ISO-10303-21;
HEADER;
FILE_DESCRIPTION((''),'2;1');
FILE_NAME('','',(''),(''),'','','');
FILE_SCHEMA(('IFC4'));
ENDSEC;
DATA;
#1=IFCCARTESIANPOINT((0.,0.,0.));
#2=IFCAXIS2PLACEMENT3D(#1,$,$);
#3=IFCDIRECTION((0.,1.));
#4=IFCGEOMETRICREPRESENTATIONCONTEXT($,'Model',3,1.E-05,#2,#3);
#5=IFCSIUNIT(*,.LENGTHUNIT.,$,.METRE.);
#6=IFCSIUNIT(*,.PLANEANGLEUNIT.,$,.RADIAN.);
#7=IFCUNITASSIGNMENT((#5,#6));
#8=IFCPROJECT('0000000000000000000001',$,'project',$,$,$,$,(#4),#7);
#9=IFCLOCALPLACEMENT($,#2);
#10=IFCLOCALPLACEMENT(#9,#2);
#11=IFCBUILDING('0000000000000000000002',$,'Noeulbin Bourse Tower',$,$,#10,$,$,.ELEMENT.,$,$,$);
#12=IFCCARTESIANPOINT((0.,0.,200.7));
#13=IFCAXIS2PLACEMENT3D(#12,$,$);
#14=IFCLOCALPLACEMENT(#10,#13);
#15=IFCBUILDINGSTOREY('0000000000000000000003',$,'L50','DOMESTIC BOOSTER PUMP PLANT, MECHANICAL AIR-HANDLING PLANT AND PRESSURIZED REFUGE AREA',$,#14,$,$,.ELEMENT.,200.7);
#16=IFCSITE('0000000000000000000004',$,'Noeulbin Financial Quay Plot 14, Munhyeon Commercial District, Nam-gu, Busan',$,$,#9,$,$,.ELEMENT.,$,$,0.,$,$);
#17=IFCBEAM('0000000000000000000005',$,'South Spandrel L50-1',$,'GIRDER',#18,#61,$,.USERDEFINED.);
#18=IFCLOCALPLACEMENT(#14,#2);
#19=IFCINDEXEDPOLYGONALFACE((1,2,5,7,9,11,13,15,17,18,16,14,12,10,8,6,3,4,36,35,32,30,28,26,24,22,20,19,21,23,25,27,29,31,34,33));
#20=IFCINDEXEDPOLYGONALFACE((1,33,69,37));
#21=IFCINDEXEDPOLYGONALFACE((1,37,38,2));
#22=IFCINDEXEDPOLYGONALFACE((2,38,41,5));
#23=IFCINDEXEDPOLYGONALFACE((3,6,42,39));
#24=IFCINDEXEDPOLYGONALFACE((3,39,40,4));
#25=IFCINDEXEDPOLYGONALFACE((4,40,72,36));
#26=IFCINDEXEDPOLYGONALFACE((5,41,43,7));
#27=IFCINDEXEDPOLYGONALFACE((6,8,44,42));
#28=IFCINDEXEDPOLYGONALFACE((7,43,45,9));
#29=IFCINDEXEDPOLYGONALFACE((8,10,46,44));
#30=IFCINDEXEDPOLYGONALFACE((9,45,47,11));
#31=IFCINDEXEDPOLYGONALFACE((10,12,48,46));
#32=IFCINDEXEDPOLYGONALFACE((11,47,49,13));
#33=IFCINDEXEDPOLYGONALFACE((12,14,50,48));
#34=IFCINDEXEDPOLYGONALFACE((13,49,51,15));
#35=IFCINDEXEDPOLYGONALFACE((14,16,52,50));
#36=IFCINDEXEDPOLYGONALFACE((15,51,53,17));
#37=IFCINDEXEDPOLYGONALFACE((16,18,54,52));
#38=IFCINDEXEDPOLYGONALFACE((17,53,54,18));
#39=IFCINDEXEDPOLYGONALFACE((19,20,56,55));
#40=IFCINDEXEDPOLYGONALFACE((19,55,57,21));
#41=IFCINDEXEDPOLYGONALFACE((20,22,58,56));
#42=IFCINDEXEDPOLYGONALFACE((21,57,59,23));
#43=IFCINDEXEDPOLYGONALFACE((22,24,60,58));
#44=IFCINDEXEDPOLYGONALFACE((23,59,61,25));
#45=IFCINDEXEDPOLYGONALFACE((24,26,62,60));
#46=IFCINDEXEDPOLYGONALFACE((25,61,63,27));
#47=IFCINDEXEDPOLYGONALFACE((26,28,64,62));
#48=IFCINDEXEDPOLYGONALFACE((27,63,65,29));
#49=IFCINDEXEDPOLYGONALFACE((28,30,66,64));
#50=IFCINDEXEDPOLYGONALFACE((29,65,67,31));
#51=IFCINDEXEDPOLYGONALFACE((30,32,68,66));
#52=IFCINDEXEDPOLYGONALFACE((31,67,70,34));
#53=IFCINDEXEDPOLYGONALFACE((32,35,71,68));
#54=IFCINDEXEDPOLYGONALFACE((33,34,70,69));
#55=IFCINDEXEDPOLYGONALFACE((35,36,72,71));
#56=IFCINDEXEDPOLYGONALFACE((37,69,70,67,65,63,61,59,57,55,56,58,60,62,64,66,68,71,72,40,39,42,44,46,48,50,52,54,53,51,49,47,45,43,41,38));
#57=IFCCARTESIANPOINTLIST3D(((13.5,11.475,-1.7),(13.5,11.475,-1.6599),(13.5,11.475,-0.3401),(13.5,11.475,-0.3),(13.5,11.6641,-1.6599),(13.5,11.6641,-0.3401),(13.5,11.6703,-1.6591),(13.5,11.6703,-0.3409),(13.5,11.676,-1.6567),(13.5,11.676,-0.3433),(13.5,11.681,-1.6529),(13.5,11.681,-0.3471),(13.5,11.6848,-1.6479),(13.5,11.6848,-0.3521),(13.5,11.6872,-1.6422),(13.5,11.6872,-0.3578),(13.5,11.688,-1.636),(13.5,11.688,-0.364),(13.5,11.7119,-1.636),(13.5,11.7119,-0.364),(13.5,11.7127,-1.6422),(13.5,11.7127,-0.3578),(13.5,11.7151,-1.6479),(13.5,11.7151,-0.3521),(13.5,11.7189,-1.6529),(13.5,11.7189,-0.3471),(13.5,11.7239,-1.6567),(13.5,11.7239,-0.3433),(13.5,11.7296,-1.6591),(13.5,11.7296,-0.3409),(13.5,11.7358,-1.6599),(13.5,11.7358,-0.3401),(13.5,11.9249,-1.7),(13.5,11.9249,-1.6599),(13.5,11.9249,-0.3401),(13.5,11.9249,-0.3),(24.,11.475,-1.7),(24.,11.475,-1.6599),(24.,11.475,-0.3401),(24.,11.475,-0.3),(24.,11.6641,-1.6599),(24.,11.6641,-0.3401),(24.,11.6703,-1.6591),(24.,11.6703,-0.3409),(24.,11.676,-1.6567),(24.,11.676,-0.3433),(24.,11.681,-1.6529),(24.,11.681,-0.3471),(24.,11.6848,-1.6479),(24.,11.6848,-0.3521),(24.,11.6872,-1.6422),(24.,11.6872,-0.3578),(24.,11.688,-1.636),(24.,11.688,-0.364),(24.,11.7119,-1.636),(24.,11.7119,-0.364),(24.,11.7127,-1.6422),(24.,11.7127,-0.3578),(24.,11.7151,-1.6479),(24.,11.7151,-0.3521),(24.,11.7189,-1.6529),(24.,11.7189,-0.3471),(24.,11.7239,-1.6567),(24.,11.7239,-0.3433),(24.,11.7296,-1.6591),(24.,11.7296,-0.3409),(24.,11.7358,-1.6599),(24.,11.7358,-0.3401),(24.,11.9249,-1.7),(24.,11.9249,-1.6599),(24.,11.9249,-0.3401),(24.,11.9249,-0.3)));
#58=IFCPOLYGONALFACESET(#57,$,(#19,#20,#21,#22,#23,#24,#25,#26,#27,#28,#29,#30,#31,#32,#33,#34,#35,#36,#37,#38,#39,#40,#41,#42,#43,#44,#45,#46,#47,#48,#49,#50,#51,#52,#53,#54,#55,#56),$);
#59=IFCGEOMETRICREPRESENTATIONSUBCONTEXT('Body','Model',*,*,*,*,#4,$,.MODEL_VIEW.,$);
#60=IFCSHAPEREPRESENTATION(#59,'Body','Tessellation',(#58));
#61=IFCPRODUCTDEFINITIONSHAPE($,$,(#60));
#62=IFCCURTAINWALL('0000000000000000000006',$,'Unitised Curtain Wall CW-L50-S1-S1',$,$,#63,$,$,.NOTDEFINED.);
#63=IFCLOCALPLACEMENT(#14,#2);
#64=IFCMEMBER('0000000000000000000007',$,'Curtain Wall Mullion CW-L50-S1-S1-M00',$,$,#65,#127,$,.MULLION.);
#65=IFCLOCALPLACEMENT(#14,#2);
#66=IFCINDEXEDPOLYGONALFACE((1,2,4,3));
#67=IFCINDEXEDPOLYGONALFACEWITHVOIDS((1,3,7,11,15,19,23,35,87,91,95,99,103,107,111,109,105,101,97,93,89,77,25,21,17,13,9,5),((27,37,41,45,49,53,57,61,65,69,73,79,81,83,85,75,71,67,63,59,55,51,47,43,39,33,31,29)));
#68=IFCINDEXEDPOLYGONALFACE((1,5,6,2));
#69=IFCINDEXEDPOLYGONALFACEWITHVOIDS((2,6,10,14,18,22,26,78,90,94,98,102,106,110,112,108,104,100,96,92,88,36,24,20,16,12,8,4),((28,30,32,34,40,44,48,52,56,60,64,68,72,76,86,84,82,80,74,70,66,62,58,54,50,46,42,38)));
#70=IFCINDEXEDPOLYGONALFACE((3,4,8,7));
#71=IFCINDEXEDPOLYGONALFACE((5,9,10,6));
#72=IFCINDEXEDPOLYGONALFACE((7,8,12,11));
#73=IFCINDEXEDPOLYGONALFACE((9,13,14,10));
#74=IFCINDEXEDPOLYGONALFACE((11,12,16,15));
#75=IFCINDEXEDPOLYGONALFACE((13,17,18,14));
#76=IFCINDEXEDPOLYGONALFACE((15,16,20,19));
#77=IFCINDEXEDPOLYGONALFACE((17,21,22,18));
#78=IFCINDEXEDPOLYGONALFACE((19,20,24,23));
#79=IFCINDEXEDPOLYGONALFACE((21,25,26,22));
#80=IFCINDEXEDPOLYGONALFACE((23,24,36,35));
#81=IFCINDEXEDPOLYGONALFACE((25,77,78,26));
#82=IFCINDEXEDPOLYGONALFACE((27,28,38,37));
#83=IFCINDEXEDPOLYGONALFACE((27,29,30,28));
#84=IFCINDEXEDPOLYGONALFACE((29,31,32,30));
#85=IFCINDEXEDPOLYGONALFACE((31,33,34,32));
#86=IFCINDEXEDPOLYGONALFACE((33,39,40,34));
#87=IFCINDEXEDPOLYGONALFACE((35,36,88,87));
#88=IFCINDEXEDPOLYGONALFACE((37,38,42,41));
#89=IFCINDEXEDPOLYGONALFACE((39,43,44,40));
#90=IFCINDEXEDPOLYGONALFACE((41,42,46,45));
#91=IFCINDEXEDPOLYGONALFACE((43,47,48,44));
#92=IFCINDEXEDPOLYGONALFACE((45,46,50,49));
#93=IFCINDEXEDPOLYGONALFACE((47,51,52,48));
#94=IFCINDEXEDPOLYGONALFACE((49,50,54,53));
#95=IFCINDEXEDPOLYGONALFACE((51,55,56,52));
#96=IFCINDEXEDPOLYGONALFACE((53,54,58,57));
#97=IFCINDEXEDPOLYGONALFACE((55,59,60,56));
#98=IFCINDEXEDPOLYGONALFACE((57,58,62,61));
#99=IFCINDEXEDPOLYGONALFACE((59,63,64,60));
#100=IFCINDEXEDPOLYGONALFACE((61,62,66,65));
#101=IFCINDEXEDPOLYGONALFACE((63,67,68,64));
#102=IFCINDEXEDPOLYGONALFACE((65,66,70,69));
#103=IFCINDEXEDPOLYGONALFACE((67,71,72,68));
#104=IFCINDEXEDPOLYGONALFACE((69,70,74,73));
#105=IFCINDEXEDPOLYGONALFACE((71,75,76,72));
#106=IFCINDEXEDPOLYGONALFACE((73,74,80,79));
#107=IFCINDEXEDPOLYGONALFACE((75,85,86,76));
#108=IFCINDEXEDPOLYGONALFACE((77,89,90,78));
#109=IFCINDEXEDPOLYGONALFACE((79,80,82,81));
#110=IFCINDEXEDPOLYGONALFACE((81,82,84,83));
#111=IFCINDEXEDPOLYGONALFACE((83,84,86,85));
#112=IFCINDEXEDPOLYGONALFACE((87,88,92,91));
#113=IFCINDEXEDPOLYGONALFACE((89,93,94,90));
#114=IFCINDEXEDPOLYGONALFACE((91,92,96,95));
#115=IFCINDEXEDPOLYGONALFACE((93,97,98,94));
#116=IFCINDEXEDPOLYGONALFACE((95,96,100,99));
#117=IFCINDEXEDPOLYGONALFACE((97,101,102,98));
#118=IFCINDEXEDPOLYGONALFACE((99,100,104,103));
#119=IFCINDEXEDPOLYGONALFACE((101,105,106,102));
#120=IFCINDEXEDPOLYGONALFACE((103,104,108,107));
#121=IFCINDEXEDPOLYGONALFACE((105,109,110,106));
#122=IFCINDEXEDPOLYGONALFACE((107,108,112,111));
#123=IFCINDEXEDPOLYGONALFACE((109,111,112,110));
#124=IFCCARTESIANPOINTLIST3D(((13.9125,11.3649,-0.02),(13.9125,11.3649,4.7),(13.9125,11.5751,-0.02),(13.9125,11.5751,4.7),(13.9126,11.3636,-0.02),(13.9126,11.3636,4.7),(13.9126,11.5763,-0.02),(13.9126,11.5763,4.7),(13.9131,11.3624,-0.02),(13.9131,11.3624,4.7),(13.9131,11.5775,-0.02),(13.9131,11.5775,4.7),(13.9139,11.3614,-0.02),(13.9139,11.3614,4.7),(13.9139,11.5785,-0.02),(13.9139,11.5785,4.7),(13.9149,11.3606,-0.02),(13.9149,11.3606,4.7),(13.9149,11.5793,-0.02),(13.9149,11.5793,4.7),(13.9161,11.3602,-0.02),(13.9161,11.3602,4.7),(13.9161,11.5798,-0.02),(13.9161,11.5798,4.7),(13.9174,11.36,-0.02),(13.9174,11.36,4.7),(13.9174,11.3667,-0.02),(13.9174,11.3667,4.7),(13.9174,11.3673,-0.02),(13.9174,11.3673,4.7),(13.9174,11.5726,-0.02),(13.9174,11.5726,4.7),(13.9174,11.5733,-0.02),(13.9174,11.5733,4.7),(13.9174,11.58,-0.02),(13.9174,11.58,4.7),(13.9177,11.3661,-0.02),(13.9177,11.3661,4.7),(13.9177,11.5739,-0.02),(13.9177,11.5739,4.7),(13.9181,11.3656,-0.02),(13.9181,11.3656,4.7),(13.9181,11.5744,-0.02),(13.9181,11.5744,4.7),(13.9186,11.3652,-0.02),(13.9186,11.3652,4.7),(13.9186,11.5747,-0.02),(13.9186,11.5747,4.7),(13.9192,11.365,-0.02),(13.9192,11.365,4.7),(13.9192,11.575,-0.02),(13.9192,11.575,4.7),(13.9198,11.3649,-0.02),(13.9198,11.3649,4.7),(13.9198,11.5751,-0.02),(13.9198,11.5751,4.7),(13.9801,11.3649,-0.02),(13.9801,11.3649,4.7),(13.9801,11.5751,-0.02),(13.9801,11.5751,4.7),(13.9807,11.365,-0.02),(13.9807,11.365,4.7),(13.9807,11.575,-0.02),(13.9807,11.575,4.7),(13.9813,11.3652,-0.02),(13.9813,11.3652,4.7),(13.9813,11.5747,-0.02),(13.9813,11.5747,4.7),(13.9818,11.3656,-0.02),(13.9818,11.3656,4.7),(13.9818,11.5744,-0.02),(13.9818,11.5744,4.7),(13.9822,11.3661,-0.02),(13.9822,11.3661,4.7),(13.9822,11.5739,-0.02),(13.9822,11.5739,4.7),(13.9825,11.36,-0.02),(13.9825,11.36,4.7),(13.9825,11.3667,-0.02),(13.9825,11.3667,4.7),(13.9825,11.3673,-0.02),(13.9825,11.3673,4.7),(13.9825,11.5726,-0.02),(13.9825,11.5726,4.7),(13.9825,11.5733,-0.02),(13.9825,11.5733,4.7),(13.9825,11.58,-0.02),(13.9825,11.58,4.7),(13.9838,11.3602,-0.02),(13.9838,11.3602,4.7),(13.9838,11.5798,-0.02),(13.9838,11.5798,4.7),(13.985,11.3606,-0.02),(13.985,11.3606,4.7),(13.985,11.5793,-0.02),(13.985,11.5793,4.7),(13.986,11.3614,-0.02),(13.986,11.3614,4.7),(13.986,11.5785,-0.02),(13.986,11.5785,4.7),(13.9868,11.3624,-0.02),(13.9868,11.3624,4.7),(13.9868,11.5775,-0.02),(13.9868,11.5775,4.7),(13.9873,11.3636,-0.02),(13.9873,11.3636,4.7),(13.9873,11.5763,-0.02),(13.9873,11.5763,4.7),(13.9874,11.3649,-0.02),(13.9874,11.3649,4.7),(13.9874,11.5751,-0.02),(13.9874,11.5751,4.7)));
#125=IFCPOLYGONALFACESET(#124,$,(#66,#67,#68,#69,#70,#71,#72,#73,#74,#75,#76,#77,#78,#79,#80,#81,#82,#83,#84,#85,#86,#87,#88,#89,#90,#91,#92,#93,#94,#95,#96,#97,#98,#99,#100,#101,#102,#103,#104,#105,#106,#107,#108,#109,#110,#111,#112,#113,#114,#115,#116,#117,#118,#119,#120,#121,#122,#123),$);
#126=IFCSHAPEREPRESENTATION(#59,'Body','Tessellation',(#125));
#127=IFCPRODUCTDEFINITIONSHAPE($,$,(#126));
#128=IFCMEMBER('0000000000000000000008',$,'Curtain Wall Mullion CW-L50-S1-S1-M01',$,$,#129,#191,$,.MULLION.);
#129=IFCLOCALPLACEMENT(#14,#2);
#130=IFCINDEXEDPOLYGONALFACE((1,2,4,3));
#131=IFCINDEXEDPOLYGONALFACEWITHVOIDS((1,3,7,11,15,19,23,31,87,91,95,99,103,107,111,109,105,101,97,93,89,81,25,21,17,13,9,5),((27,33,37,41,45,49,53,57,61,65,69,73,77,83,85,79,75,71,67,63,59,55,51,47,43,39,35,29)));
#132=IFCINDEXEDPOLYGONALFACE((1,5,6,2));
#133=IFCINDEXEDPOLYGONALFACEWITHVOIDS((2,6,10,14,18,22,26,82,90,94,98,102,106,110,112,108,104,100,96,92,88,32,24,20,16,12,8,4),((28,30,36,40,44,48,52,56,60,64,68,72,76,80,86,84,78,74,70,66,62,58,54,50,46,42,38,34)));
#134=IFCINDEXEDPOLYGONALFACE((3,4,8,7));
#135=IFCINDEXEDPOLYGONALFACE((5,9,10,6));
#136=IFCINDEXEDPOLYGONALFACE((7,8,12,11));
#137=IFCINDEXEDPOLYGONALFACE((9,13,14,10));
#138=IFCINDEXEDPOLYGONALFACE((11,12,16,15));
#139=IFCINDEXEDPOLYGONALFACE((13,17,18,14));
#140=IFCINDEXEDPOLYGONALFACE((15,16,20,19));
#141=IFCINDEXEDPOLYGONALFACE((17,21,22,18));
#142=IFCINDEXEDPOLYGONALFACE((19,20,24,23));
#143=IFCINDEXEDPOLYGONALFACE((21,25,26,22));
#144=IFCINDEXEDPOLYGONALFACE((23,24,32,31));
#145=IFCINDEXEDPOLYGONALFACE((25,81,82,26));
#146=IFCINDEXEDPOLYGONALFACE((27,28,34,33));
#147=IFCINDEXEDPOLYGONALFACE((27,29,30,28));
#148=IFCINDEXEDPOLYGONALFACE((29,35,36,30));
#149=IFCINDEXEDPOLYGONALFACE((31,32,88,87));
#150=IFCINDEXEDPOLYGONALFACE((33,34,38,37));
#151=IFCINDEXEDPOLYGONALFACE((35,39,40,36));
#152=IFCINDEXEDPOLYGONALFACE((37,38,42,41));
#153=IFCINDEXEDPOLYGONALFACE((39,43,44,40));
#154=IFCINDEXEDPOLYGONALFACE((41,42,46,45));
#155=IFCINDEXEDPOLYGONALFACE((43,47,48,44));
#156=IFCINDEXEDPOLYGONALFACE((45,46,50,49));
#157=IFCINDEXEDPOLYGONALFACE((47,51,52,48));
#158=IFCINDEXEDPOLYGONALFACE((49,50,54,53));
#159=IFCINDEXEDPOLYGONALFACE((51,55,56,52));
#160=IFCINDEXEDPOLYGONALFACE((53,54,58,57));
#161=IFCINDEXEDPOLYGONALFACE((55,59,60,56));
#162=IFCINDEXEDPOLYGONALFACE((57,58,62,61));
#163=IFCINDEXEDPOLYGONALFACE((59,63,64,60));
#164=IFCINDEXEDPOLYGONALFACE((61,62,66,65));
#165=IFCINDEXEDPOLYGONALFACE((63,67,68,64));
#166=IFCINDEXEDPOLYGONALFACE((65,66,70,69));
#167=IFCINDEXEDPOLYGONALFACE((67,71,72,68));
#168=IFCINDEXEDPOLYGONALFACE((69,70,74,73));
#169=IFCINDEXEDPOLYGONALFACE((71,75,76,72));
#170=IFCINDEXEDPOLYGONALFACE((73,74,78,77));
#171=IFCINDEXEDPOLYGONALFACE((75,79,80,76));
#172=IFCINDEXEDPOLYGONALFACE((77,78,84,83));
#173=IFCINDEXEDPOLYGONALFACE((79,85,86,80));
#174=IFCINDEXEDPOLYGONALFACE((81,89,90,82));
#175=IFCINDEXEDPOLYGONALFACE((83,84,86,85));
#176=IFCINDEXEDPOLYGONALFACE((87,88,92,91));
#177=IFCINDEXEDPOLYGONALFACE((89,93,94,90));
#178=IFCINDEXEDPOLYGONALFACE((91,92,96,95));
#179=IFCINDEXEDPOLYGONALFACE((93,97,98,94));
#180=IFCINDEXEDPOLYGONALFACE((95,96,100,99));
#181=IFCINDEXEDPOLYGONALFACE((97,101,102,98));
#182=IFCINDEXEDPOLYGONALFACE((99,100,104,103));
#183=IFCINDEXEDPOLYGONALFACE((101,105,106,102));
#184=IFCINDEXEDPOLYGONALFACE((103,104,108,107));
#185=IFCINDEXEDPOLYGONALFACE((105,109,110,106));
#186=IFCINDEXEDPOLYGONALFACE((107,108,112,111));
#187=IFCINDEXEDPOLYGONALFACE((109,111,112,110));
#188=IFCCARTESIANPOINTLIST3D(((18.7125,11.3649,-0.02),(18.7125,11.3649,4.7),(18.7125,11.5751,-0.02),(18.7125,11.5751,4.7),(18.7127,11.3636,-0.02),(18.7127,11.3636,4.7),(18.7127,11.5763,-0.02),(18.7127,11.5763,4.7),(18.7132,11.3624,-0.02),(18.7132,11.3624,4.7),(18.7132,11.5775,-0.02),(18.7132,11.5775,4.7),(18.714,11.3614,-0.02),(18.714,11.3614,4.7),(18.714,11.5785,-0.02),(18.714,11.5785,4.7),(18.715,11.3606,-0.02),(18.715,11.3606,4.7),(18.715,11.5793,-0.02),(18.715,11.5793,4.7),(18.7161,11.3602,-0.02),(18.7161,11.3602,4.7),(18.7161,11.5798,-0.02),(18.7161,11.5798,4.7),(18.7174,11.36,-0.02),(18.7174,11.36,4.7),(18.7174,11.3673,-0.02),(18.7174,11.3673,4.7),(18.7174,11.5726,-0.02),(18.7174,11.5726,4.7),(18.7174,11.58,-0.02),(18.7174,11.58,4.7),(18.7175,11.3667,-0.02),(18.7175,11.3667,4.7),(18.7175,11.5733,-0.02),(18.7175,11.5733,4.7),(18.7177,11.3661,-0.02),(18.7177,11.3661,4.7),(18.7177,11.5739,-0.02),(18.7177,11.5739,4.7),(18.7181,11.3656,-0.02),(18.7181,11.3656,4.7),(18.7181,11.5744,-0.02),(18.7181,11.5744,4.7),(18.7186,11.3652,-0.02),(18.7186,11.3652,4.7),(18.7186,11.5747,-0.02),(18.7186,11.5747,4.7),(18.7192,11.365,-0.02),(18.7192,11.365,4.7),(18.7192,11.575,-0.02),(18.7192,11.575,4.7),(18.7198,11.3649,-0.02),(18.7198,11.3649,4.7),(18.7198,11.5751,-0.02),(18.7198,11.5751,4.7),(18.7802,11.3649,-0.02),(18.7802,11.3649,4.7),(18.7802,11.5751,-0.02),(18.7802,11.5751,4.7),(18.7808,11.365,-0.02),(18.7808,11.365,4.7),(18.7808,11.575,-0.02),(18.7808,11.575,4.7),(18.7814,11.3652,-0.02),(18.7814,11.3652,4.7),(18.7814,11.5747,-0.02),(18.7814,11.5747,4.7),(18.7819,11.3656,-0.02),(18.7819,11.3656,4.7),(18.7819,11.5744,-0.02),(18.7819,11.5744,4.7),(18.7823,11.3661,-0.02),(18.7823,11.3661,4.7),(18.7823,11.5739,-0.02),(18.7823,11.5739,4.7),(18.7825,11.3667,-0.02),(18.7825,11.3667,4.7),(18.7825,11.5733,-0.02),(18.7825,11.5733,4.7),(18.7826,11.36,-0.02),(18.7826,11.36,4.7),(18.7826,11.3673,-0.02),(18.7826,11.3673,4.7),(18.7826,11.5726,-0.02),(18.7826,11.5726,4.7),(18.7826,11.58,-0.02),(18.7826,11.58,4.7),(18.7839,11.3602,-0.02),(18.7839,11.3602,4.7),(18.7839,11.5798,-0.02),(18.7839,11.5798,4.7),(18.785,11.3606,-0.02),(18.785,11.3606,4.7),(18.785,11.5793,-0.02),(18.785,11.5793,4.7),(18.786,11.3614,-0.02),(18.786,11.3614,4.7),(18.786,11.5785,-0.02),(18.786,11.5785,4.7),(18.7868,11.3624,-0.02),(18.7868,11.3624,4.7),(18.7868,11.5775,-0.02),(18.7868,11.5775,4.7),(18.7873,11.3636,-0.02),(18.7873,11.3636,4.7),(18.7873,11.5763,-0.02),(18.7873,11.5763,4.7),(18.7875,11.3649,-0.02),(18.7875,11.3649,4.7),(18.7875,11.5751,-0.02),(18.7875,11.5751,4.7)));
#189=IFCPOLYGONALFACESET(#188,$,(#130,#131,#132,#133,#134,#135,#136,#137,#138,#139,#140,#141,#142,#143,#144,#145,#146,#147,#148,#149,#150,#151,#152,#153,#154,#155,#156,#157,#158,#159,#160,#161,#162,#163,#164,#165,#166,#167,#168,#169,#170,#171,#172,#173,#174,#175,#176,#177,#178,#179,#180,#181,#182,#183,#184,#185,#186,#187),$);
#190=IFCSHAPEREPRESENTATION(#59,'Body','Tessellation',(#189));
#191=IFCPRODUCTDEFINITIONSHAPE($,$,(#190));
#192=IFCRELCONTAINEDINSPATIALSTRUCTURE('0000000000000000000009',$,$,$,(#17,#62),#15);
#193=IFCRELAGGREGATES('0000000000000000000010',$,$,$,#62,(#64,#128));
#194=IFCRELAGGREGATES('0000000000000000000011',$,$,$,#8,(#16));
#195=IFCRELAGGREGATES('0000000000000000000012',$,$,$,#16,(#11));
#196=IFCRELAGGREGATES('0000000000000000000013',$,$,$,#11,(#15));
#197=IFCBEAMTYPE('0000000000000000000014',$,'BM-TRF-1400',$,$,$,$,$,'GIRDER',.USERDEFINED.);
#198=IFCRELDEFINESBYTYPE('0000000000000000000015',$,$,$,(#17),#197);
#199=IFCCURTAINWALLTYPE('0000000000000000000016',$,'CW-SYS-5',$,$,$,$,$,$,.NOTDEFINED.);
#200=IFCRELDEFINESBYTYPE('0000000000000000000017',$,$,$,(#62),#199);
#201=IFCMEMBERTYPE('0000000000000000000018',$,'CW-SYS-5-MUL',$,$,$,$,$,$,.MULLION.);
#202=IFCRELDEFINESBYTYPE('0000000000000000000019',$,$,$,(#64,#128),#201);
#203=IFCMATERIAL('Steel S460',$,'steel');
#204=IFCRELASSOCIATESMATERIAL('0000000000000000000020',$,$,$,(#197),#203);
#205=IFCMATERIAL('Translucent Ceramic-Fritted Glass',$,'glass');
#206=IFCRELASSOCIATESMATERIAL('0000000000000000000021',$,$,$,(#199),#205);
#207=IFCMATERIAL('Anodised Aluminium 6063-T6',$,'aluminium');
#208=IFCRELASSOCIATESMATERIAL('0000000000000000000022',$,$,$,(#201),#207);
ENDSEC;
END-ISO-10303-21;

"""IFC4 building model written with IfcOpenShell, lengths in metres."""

from ifc_helpers import new_model, si_unit, direction, frame, origin, origin_2d, place, context, subcontext, project, spatial, hollow_rectangle, i_section, extrude, material, material_profile, profile_set, type_object, element, aggregate, save


model = new_model("IFC4")

# Units and contexts
model_context = context("Model", 3, precision=1e-05, world=origin(), true_north=direction((0.0, 1.0)))
body_context = subcontext(model_context, "Body", "Model", "MODEL_VIEW")
ifc_project = project(units=[si_unit("LENGTHUNIT", "METRE"), si_unit("PLANEANGLEUNIT", "RADIAN")], contexts=[model_context])

# Site, building, storey
site_placement = place(None, origin())
site = spatial("IfcSite", under=ifc_project, at=site_placement, Name="Noeulbin Financial Quay Plot 14, Munhyeon Commercial District, Nam-gu, Busan", CompositionType="ELEMENT", RefElevation=0.0)
building_placement = place(site_placement, origin())
building = spatial("IfcBuilding", under=site, at=building_placement, Name="Noeulbin Bourse Tower", CompositionType="ELEMENT")
storey_placement = place(building_placement, frame((0.0, 0.0, 200.7)))
storey = spatial("IfcBuildingStorey", under=building, at=storey_placement, Name="L50", Description="DOMESTIC BOOSTER PUMP PLANT, MECHANICAL AIR-HANDLING PLANT AND PRESSURIZED REFUGE AREA", CompositionType="ELEMENT", Elevation=200.7)

# Beam
ifc_material_1 = material(Name="Steel S460", Category="steel")
ifc_material_profile_1 = material_profile(ifc_material_1, i_section(OverallWidth=0.45, OverallDepth=1.3999, WebThickness=0.0239, FlangeThickness=0.04, FilletRadius=0.0239, at=origin_2d()), Name="PG-1400x450x24x40", Category="LoadBearing")
ifc_profile_set_1 = profile_set([ifc_material_profile_1], Name="Steel S460")
beam_type_1 = type_object("IfcBeamType", Name="BM-TRF-1400", ElementType="GIRDER", PredefinedType="USERDEFINED", material=ifc_profile_set_1)
beam_1_placement = place(storey_placement, frame((13.5, 11.7, -1.0), z_axis=(1.0, 0.0, 0.0), x_axis=(0.0, 1.0, 0.0)))
element("IfcBeam", 1, at=beam_1_placement, inside=storey, type_object=beam_type_1, Name="South Spandrel L50-1", ObjectType="GIRDER", PredefinedType="USERDEFINED", context=body_context, shape_type="SweptSolid", body=[
    extrude(i_section(OverallWidth=0.45, OverallDepth=1.3999, WebThickness=0.0239, FlangeThickness=0.04, FilletRadius=0.0239, at=origin_2d()), origin(), (0.0, 0.0, 1.0), 10.5),
])

# Curtain wall, members
ifc_material_2 = material(Name="Translucent Ceramic-Fritted Glass", Category="glass")
curtain_wall_type = type_object("IfcCurtainWallType", Name="CW-SYS-5", PredefinedType="NOTDEFINED", material=ifc_material_2)
curtain_wall_placement = place(storey_placement, origin())
curtain_wall = element("IfcCurtainWall", 2, at=curtain_wall_placement, inside=storey, type_object=curtain_wall_type, Name="Unitised Curtain Wall CW-L50-S1-S1", PredefinedType="NOTDEFINED")
ifc_material_3 = material(Name="Anodised Aluminium 6063-T6", Category="aluminium")
ifc_material_profile_2 = material_profile(ifc_material_3, hollow_rectangle(XDim=0.075, YDim=0.22, WallThickness=0.0049, InnerFilletRadius=0.0024, OuterFilletRadius=0.0049, at=origin_2d()), Name="ALU-MULL-75x220x5", Category="LoadBearing")
ifc_profile_set_2 = profile_set([ifc_material_profile_2], Name="Anodised Aluminium 6063-T6")
member_type_1 = type_object("IfcMemberType", Name="CW-SYS-5-MUL", PredefinedType="MULLION", material=ifc_profile_set_2)
member_1_placement = place(storey_placement, frame((13.95, 11.47, -0.02), z_axis=(0.0, 0.0, 1.0), x_axis=(1.0, 0.0, 0.0)))
member_1 = element("IfcMember", 3, at=member_1_placement, type_object=member_type_1, Name="Curtain Wall Mullion CW-L50-S1-S1-M00", PredefinedType="MULLION", context=body_context, shape_type="SweptSolid", body=[
    extrude(hollow_rectangle(XDim=0.075, YDim=0.22, WallThickness=0.0049, InnerFilletRadius=0.0024, OuterFilletRadius=0.0049, at=origin_2d()), origin(), (0.0, 0.0, 1.0), 4.72),
])
member_2_placement = place(storey_placement, frame((18.75, 11.47, -0.02), z_axis=(0.0, 0.0, 1.0), x_axis=(1.0, 0.0, 0.0)))
member_2 = element("IfcMember", 4, at=member_2_placement, type_object=member_type_1, Name="Curtain Wall Mullion CW-L50-S1-S1-M01", PredefinedType="MULLION", context=body_context, shape_type="SweptSolid", body=[
    extrude(hollow_rectangle(XDim=0.075, YDim=0.22, WallThickness=0.0049, InnerFilletRadius=0.0024, OuterFilletRadius=0.0049, at=origin_2d()), origin(), (0.0, 0.0, 1.0), 4.72),
])
aggregate(curtain_wall, [member_1, member_2])

save(model, "model.ifc")
